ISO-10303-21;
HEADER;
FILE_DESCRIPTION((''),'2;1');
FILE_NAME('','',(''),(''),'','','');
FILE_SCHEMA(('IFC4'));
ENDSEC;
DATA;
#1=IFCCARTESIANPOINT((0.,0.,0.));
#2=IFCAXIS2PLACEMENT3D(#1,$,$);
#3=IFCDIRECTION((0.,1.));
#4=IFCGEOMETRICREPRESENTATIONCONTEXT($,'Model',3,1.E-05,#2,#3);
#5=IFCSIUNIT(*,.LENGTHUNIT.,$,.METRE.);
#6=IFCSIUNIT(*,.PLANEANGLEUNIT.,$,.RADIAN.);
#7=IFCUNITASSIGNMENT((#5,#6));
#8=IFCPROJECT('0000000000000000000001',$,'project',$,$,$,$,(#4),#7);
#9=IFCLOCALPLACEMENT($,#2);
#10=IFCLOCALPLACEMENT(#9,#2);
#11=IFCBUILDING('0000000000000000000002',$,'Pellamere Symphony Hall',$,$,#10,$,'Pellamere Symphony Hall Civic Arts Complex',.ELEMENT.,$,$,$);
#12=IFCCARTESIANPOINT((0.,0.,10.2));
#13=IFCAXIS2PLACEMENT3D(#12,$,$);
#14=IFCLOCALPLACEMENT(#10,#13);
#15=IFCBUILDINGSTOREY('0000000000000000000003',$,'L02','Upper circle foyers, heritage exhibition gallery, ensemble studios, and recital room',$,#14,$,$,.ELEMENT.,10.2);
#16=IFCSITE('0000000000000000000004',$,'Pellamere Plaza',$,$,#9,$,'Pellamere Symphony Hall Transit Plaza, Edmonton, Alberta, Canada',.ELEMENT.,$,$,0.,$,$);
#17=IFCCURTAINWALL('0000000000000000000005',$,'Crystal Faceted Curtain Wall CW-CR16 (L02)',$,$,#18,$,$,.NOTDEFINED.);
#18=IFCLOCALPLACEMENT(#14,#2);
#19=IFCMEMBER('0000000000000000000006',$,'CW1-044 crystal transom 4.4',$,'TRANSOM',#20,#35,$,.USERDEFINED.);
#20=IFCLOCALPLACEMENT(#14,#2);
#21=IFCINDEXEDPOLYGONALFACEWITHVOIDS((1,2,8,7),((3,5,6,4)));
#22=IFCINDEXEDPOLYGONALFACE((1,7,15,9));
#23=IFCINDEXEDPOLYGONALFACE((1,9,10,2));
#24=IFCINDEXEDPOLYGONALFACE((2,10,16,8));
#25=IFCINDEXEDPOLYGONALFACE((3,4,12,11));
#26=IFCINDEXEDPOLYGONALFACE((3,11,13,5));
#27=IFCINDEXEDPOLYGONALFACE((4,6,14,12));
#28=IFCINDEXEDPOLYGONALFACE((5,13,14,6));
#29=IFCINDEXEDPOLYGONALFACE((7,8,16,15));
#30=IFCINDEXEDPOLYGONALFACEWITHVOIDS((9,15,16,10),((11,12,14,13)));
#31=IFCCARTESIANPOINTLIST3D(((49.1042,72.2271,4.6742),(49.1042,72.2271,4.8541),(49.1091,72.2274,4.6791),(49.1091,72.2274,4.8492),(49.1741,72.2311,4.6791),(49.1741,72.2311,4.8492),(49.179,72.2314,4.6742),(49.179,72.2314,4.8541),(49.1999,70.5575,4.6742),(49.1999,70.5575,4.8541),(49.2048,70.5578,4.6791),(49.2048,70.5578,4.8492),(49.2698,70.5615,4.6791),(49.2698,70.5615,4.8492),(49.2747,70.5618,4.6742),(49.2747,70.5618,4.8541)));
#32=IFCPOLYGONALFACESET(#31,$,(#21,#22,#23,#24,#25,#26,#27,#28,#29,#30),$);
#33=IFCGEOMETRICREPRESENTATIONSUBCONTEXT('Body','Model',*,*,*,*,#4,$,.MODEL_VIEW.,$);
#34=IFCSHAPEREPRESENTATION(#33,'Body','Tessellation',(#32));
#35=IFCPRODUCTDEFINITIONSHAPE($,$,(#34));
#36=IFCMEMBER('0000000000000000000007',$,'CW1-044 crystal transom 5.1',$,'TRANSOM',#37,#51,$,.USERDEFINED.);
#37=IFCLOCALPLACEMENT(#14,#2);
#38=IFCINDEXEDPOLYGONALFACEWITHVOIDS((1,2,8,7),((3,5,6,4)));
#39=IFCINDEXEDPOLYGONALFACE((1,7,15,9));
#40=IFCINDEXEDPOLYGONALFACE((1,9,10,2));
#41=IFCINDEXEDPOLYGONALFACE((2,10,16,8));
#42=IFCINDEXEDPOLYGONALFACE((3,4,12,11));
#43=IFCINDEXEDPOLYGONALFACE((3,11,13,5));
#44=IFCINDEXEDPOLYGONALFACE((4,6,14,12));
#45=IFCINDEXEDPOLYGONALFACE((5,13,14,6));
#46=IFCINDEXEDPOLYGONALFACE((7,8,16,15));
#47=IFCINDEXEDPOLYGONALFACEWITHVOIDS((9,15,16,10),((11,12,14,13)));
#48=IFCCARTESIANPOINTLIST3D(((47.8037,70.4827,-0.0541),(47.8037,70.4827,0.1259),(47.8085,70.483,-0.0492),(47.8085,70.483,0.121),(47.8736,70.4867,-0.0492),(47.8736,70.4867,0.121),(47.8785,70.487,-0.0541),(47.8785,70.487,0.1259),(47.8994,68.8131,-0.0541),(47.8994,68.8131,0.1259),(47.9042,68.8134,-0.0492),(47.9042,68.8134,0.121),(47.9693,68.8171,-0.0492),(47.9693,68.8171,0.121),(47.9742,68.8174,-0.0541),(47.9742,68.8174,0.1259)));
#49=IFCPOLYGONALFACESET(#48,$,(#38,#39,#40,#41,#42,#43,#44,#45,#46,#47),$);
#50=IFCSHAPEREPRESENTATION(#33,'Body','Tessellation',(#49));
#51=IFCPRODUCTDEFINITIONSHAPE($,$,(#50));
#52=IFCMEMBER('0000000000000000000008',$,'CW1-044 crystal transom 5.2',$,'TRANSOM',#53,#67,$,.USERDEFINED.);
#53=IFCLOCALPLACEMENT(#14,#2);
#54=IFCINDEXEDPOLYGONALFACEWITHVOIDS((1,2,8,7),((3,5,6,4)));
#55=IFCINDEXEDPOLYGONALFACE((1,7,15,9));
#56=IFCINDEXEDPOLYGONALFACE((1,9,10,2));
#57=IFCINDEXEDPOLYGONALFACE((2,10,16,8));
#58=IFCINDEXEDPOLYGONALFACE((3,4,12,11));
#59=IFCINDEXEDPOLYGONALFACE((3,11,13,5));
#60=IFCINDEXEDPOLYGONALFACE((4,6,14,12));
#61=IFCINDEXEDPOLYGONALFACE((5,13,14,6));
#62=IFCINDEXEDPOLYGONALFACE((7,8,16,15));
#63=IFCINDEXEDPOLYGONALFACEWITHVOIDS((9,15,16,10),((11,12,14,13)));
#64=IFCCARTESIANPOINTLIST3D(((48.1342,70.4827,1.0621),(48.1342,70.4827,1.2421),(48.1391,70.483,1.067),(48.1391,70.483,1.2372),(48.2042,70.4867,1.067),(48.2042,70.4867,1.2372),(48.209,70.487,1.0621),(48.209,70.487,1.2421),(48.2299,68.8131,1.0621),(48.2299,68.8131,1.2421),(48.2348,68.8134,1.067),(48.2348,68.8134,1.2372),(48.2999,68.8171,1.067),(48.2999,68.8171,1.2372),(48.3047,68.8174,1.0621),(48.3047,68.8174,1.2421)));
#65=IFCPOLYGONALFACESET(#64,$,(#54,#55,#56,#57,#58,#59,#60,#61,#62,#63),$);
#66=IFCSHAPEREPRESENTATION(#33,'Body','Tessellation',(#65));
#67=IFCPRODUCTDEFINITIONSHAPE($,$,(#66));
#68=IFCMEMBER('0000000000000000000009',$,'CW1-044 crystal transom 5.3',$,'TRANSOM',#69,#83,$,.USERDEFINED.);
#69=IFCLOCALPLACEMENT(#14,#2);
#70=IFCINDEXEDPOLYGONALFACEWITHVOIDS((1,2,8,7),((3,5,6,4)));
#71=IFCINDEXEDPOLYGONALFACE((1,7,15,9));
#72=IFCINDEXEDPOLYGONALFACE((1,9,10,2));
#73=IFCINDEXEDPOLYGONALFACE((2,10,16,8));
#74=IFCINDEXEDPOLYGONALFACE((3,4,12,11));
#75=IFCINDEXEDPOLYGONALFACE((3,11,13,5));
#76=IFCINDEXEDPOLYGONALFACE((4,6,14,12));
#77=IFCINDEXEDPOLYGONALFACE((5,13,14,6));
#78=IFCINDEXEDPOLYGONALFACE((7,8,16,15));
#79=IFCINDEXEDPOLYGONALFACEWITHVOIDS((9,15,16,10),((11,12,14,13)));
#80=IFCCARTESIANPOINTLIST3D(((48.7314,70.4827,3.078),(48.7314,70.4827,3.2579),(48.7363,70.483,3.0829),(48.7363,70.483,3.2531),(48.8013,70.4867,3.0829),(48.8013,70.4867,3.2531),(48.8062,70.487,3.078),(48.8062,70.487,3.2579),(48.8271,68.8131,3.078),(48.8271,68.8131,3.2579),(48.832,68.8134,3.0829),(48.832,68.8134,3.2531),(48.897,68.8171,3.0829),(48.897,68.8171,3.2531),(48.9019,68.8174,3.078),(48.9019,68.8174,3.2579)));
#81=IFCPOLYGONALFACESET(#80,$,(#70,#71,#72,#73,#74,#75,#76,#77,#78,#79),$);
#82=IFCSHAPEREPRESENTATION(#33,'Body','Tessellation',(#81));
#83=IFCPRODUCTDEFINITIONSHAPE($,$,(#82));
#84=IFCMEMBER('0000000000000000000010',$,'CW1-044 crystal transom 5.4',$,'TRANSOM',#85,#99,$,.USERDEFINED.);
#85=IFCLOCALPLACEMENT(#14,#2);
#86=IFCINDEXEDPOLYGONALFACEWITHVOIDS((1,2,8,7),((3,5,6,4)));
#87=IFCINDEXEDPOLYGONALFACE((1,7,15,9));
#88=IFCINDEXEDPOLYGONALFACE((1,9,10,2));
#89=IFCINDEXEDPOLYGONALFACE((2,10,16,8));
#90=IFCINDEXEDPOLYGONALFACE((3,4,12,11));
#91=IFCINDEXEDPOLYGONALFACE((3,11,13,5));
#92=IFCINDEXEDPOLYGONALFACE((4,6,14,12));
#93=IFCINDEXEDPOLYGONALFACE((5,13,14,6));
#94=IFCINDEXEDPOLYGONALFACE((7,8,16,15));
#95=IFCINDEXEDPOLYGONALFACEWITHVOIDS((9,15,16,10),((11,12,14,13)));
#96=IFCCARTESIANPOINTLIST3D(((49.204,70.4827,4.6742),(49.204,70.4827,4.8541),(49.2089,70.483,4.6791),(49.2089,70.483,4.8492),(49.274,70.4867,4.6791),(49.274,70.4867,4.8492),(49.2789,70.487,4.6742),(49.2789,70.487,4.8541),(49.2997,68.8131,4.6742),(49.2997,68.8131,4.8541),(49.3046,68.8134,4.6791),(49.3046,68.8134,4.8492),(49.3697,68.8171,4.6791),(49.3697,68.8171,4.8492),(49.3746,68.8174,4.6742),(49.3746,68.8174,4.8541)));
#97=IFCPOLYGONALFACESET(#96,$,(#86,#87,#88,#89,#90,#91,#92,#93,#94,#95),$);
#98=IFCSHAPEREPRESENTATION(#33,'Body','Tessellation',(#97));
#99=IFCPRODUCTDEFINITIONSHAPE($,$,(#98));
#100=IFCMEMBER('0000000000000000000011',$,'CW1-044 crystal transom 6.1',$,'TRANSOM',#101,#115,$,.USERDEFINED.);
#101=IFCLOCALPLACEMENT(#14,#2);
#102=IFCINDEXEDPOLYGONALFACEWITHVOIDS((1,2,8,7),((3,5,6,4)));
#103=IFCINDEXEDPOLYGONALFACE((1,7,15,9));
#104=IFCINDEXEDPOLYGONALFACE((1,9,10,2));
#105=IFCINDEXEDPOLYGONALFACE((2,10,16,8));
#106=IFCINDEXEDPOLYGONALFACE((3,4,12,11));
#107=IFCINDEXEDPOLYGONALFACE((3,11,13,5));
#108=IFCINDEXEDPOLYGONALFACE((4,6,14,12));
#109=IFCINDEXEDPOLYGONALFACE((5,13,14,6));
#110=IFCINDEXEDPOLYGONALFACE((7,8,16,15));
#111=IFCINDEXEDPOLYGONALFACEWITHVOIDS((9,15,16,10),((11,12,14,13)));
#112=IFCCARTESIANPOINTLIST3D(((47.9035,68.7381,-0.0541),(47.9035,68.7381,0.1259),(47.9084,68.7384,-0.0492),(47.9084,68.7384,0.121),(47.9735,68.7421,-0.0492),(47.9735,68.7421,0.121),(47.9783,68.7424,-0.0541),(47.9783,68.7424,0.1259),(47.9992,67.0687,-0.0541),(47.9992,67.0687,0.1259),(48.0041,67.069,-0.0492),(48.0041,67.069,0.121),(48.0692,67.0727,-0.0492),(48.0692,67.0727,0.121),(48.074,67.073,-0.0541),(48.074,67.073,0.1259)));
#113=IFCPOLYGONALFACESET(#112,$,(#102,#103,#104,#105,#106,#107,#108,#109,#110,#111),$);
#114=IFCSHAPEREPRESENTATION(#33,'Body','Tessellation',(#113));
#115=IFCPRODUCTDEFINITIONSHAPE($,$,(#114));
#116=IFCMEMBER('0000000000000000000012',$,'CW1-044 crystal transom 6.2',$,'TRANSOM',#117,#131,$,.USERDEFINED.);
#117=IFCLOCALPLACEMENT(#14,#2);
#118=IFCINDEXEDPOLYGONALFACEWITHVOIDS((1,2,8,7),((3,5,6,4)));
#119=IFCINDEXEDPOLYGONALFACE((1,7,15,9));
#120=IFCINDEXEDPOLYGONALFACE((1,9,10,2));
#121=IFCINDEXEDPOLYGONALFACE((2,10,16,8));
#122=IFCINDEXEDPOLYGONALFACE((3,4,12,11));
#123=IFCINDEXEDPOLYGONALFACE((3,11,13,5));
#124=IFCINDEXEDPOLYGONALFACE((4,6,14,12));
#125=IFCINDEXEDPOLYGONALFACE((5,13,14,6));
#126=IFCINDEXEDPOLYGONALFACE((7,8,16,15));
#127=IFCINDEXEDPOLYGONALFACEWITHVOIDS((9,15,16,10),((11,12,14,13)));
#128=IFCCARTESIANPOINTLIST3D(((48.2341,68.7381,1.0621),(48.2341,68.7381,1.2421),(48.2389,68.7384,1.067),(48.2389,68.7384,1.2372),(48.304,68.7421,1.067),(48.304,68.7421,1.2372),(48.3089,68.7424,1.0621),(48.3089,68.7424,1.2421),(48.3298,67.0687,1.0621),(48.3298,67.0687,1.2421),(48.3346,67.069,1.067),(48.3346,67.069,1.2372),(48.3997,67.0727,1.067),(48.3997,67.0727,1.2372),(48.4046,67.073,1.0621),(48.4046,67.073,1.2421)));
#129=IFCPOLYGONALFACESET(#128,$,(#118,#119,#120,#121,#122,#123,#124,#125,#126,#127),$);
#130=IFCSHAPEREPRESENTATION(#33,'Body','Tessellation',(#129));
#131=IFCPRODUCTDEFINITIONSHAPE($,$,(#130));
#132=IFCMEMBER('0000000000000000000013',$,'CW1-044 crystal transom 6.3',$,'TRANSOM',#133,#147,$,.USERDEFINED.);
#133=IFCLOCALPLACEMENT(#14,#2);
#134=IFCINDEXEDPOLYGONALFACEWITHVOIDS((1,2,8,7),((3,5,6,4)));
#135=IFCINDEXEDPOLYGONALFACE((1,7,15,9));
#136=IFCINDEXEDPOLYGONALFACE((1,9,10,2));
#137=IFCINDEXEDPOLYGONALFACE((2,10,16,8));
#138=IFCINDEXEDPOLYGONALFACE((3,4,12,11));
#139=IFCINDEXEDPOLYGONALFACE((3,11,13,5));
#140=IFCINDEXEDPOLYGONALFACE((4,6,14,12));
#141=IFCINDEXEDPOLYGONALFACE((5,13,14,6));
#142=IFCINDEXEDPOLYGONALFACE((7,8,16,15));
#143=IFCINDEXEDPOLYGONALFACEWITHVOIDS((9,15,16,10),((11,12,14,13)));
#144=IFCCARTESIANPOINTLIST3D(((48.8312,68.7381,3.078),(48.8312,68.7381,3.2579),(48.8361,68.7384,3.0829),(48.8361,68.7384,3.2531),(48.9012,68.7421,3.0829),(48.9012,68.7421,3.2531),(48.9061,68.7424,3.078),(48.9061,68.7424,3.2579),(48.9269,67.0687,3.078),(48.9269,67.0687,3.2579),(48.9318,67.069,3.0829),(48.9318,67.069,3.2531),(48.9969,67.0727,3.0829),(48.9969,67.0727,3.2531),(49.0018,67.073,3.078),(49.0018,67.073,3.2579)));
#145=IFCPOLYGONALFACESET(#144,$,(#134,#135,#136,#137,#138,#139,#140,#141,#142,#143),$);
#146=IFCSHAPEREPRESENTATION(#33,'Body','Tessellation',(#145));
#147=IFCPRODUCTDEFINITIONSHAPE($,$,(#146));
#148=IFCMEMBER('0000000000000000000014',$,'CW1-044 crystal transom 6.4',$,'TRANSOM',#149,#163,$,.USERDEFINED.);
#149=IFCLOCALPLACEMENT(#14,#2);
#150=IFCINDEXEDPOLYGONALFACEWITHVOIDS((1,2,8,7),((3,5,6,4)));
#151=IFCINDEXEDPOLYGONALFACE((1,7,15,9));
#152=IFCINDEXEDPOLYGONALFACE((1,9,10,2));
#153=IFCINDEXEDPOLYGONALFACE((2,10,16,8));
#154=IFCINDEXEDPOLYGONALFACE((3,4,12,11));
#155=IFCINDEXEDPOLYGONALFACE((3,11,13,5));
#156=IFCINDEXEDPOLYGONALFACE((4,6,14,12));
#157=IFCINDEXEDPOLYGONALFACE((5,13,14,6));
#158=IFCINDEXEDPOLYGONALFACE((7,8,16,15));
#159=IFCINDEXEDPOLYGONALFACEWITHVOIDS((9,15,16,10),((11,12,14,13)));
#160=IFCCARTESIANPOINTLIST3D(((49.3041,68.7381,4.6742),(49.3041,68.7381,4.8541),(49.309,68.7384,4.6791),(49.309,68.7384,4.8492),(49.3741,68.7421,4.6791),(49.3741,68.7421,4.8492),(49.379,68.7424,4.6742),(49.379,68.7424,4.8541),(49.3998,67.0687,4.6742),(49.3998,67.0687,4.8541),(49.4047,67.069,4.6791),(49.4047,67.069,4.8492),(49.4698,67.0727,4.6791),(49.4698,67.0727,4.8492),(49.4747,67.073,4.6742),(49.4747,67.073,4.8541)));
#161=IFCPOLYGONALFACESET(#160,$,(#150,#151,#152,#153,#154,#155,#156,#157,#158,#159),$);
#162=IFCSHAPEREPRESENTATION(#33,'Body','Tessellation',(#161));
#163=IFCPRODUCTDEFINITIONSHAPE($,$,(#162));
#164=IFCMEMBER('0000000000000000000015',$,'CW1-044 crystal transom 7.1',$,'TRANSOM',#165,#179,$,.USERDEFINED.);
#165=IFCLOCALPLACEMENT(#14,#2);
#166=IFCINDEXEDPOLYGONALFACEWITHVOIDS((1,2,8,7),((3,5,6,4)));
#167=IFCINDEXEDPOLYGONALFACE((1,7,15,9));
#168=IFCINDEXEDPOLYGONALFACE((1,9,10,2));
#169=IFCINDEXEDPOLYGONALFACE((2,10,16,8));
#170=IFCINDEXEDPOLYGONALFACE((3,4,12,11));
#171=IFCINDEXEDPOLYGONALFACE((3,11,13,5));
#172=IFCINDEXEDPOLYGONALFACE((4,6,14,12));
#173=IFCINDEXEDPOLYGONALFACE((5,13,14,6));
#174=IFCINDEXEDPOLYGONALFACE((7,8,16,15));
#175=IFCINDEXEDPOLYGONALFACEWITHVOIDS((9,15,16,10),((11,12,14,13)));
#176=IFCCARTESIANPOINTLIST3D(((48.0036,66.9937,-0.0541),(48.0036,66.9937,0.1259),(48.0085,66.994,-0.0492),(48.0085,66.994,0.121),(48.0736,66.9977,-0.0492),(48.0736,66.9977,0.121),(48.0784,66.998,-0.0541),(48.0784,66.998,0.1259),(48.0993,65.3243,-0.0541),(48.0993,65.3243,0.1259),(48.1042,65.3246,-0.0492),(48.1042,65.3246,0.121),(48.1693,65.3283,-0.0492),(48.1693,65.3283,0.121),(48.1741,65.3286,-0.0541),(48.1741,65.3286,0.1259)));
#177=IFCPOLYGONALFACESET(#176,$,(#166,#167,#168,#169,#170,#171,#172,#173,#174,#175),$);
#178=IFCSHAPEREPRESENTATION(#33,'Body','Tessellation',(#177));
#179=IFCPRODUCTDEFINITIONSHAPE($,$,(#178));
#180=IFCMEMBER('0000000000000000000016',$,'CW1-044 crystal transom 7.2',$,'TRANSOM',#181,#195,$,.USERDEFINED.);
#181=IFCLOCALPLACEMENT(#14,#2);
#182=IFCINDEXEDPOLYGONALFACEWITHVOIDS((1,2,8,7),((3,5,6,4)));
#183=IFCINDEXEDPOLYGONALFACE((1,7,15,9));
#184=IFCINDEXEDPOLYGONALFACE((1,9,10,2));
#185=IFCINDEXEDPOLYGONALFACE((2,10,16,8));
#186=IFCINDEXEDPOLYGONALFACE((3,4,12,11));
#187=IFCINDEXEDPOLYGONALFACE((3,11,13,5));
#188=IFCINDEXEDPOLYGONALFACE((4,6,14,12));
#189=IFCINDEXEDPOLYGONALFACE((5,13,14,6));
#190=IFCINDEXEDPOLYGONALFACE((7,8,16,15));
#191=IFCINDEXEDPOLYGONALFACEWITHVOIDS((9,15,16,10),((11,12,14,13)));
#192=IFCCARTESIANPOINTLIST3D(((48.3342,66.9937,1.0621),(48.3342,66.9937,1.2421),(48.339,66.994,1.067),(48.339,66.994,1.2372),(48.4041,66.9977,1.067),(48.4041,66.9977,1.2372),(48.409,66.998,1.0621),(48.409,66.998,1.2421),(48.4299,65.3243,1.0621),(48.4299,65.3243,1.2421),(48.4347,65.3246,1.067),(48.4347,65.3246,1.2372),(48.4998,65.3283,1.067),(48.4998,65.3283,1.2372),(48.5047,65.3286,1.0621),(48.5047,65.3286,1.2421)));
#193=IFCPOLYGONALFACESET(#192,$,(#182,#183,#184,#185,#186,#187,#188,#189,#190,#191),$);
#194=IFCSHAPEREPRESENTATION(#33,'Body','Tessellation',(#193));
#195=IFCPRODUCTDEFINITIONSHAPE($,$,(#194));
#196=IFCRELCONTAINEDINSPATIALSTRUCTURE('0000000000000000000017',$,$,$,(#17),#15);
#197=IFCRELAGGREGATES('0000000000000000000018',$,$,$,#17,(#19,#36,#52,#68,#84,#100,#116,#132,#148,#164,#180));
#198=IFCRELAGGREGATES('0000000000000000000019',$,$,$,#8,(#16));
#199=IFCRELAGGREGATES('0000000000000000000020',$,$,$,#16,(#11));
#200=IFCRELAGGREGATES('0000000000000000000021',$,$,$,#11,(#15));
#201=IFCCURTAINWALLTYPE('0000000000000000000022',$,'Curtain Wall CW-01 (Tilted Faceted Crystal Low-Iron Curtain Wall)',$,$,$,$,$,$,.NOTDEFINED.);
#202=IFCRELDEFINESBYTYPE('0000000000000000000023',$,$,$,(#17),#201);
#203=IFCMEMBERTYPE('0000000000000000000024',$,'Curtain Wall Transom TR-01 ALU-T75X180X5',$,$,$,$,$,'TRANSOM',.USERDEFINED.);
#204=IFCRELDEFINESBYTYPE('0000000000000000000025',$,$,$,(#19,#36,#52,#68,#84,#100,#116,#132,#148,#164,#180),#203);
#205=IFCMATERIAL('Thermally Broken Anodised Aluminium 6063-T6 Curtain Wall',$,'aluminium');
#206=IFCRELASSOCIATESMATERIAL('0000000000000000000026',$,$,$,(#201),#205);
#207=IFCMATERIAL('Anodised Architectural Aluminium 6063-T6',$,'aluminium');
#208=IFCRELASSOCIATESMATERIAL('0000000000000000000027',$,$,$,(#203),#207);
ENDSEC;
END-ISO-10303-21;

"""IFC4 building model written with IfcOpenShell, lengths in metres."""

from ifc_helpers import new_model, si_unit, direction, frame, origin, origin_2d, place, context, subcontext, project, spatial, hollow_rectangle, extrude, material, material_profile, profile_set, type_object, element, aggregate, save


model = new_model("IFC4")

# Units and contexts
model_context = context("Model", 3, precision=1e-05, world=origin(), true_north=direction((0.0, 1.0)))
body_context = subcontext(model_context, "Body", "Model", "MODEL_VIEW")
ifc_project = project(units=[si_unit("LENGTHUNIT", "METRE"), si_unit("PLANEANGLEUNIT", "RADIAN")], contexts=[model_context])

# Site, building, storey
site_placement = place(None, origin())
site = spatial("IfcSite", under=ifc_project, at=site_placement, Name="Pellamere Plaza", LongName="Pellamere Symphony Hall Transit Plaza, Edmonton, Alberta, Canada", CompositionType="ELEMENT", RefElevation=0.0)
building_placement = place(site_placement, origin())
building = spatial("IfcBuilding", under=site, at=building_placement, Name="Pellamere Symphony Hall", LongName="Pellamere Symphony Hall Civic Arts Complex", CompositionType="ELEMENT")
storey_placement = place(building_placement, frame((0.0, 0.0, 10.2)))
storey = spatial("IfcBuildingStorey", under=building, at=storey_placement, Name="L02", Description="Upper circle foyers, heritage exhibition gallery, ensemble studios, and recital room", CompositionType="ELEMENT", Elevation=10.2)

# Curtain wall, members
ifc_material_1 = material(Name="Thermally Broken Anodised Aluminium 6063-T6 Curtain Wall", Category="aluminium")
curtain_wall_type = type_object("IfcCurtainWallType", Name="Curtain Wall CW-01 (Tilted Faceted Crystal Low-Iron Curtain Wall)", PredefinedType="NOTDEFINED", material=ifc_material_1)
curtain_wall_placement = place(storey_placement, origin())
curtain_wall = element("IfcCurtainWall", 1, at=curtain_wall_placement, inside=storey, type_object=curtain_wall_type, Name="Crystal Faceted Curtain Wall CW-CR16 (L02)", PredefinedType="NOTDEFINED")
ifc_material_2 = material(Name="Anodised Architectural Aluminium 6063-T6", Category="aluminium")
ifc_material_profile_1 = material_profile(ifc_material_2, hollow_rectangle(XDim=0.075, YDim=0.1799, WallThickness=0.0049, at=origin_2d()), Name="ALU-T75X180X5")
ifc_profile_set_1 = profile_set([ifc_material_profile_1], Name="Anodised Architectural Aluminium 6063-T6")
member_type_1 = type_object("IfcMemberType", Name="Curtain Wall Transom TR-01 ALU-T75X180X5", ElementType="TRANSOM", PredefinedType="USERDEFINED", material=ifc_profile_set_1)
member_1_placement = place(storey_placement, frame((49.1416, 72.2292, 4.7642), z_axis=(0.057224, -0.998361, 0.0), x_axis=(0.998361, 0.057224, 0.0)))
member_1 = element("IfcMember", 2, at=member_1_placement, type_object=member_type_1, Name="CW1-044 crystal transom 4.4", ObjectType="TRANSOM", PredefinedType="USERDEFINED", context=body_context, shape_type="SweptSolid", body=[
    extrude(hollow_rectangle(XDim=0.075, YDim=0.1799, WallThickness=0.0049, at=origin_2d()), origin(), (0.0, 0.0, 1.0), 1.6724),
])
member_2_placement = place(storey_placement, frame((47.8411, 70.4849, 0.0359), z_axis=(0.057224, -0.998361, 0.0), x_axis=(0.998361, 0.057224, 0.0)))
member_2 = element("IfcMember", 3, at=member_2_placement, type_object=member_type_1, Name="CW1-044 crystal transom 5.1", ObjectType="TRANSOM", PredefinedType="USERDEFINED", context=body_context, shape_type="SweptSolid", body=[
    extrude(hollow_rectangle(XDim=0.075, YDim=0.1799, WallThickness=0.0049, at=origin_2d()), origin(), (0.0, 0.0, 1.0), 1.6724),
])
member_3_placement = place(storey_placement, frame((48.1716, 70.4849, 1.1521), z_axis=(0.057224, -0.998361, 0.0), x_axis=(0.998361, 0.057224, 0.0)))
member_3 = element("IfcMember", 4, at=member_3_placement, type_object=member_type_1, Name="CW1-044 crystal transom 5.2", ObjectType="TRANSOM", PredefinedType="USERDEFINED", context=body_context, shape_type="SweptSolid", body=[
    extrude(hollow_rectangle(XDim=0.075, YDim=0.1799, WallThickness=0.0049, at=origin_2d()), origin(), (0.0, 0.0, 1.0), 1.6724),
])
member_4_placement = place(storey_placement, frame((48.7688, 70.4849, 3.168), z_axis=(0.057224, -0.998361, 0.0), x_axis=(0.998361, 0.057224, 0.0)))
member_4 = element("IfcMember", 5, at=member_4_placement, type_object=member_type_1, Name="CW1-044 crystal transom 5.3", ObjectType="TRANSOM", PredefinedType="USERDEFINED", context=body_context, shape_type="SweptSolid", body=[
    extrude(hollow_rectangle(XDim=0.075, YDim=0.1799, WallThickness=0.0049, at=origin_2d()), origin(), (0.0, 0.0, 1.0), 1.6724),
])
member_5_placement = place(storey_placement, frame((49.2415, 70.4849, 4.7642), z_axis=(0.057224, -0.998361, 0.0), x_axis=(0.998361, 0.057224, 0.0)))
member_5 = element("IfcMember", 6, at=member_5_placement, type_object=member_type_1, Name="CW1-044 crystal transom 5.4", ObjectType="TRANSOM", PredefinedType="USERDEFINED", context=body_context, shape_type="SweptSolid", body=[
    extrude(hollow_rectangle(XDim=0.075, YDim=0.1799, WallThickness=0.0049, at=origin_2d()), origin(), (0.0, 0.0, 1.0), 1.6724),
])
member_6_placement = place(storey_placement, frame((47.9409, 68.7402, 0.0359), z_axis=(0.057233, -0.998361, 0.0), x_axis=(0.998361, 0.057233, 0.0)))
member_6 = element("IfcMember", 7, at=member_6_placement, type_object=member_type_1, Name="CW1-044 crystal transom 6.1", ObjectType="TRANSOM", PredefinedType="USERDEFINED", context=body_context, shape_type="SweptSolid", body=[
    extrude(hollow_rectangle(XDim=0.075, YDim=0.1799, WallThickness=0.0049, at=origin_2d()), origin(), (0.0, 0.0, 1.0), 1.6721),
])
member_7_placement = place(storey_placement, frame((48.2715, 68.7402, 1.1521), z_axis=(0.057233, -0.998361, 0.0), x_axis=(0.998361, 0.057233, 0.0)))
member_7 = element("IfcMember", 8, at=member_7_placement, type_object=member_type_1, Name="CW1-044 crystal transom 6.2", ObjectType="TRANSOM", PredefinedType="USERDEFINED", context=body_context, shape_type="SweptSolid", body=[
    extrude(hollow_rectangle(XDim=0.075, YDim=0.1799, WallThickness=0.0049, at=origin_2d()), origin(), (0.0, 0.0, 1.0), 1.6721),
])
member_8_placement = place(storey_placement, frame((48.8687, 68.7402, 3.168), z_axis=(0.057233, -0.998361, 0.0), x_axis=(0.998361, 0.057233, 0.0)))
member_8 = element("IfcMember", 9, at=member_8_placement, type_object=member_type_1, Name="CW1-044 crystal transom 6.3", ObjectType="TRANSOM", PredefinedType="USERDEFINED", context=body_context, shape_type="SweptSolid", body=[
    extrude(hollow_rectangle(XDim=0.075, YDim=0.1799, WallThickness=0.0049, at=origin_2d()), origin(), (0.0, 0.0, 1.0), 1.6721),
])
member_9_placement = place(storey_placement, frame((49.3416, 68.7402, 4.7642), z_axis=(0.057233, -0.998361, 0.0), x_axis=(0.998361, 0.057233, 0.0)))
member_9 = element("IfcMember", 10, at=member_9_placement, type_object=member_type_1, Name="CW1-044 crystal transom 6.4", ObjectType="TRANSOM", PredefinedType="USERDEFINED", context=body_context, shape_type="SweptSolid", body=[
    extrude(hollow_rectangle(XDim=0.075, YDim=0.1799, WallThickness=0.0049, at=origin_2d()), origin(), (0.0, 0.0, 1.0), 1.6721),
])
member_10_placement = place(storey_placement, frame((48.041, 66.9958, 0.0359), z_axis=(0.057233, -0.998361, 0.0), x_axis=(0.998361, 0.057233, 0.0)))
member_10 = element("IfcMember", 11, at=member_10_placement, type_object=member_type_1, Name="CW1-044 crystal transom 7.1", ObjectType="TRANSOM", PredefinedType="USERDEFINED", context=body_context, shape_type="SweptSolid", body=[
    extrude(hollow_rectangle(XDim=0.075, YDim=0.1799, WallThickness=0.0049, at=origin_2d()), origin(), (0.0, 0.0, 1.0), 1.6721),
])
member_11_placement = place(storey_placement, frame((48.3716, 66.9958, 1.1521), z_axis=(0.057233, -0.998361, 0.0), x_axis=(0.998361, 0.057233, 0.0)))
member_11 = element("IfcMember", 12, at=member_11_placement, type_object=member_type_1, Name="CW1-044 crystal transom 7.2", ObjectType="TRANSOM", PredefinedType="USERDEFINED", context=body_context, shape_type="SweptSolid", body=[
    extrude(hollow_rectangle(XDim=0.075, YDim=0.1799, WallThickness=0.0049, at=origin_2d()), origin(), (0.0, 0.0, 1.0), 1.6721),
])
aggregate(curtain_wall, [member_1, member_2, member_3, member_4, member_5, member_6, member_7, member_8, member_9, member_10, member_11])

save(model, "model.ifc")
